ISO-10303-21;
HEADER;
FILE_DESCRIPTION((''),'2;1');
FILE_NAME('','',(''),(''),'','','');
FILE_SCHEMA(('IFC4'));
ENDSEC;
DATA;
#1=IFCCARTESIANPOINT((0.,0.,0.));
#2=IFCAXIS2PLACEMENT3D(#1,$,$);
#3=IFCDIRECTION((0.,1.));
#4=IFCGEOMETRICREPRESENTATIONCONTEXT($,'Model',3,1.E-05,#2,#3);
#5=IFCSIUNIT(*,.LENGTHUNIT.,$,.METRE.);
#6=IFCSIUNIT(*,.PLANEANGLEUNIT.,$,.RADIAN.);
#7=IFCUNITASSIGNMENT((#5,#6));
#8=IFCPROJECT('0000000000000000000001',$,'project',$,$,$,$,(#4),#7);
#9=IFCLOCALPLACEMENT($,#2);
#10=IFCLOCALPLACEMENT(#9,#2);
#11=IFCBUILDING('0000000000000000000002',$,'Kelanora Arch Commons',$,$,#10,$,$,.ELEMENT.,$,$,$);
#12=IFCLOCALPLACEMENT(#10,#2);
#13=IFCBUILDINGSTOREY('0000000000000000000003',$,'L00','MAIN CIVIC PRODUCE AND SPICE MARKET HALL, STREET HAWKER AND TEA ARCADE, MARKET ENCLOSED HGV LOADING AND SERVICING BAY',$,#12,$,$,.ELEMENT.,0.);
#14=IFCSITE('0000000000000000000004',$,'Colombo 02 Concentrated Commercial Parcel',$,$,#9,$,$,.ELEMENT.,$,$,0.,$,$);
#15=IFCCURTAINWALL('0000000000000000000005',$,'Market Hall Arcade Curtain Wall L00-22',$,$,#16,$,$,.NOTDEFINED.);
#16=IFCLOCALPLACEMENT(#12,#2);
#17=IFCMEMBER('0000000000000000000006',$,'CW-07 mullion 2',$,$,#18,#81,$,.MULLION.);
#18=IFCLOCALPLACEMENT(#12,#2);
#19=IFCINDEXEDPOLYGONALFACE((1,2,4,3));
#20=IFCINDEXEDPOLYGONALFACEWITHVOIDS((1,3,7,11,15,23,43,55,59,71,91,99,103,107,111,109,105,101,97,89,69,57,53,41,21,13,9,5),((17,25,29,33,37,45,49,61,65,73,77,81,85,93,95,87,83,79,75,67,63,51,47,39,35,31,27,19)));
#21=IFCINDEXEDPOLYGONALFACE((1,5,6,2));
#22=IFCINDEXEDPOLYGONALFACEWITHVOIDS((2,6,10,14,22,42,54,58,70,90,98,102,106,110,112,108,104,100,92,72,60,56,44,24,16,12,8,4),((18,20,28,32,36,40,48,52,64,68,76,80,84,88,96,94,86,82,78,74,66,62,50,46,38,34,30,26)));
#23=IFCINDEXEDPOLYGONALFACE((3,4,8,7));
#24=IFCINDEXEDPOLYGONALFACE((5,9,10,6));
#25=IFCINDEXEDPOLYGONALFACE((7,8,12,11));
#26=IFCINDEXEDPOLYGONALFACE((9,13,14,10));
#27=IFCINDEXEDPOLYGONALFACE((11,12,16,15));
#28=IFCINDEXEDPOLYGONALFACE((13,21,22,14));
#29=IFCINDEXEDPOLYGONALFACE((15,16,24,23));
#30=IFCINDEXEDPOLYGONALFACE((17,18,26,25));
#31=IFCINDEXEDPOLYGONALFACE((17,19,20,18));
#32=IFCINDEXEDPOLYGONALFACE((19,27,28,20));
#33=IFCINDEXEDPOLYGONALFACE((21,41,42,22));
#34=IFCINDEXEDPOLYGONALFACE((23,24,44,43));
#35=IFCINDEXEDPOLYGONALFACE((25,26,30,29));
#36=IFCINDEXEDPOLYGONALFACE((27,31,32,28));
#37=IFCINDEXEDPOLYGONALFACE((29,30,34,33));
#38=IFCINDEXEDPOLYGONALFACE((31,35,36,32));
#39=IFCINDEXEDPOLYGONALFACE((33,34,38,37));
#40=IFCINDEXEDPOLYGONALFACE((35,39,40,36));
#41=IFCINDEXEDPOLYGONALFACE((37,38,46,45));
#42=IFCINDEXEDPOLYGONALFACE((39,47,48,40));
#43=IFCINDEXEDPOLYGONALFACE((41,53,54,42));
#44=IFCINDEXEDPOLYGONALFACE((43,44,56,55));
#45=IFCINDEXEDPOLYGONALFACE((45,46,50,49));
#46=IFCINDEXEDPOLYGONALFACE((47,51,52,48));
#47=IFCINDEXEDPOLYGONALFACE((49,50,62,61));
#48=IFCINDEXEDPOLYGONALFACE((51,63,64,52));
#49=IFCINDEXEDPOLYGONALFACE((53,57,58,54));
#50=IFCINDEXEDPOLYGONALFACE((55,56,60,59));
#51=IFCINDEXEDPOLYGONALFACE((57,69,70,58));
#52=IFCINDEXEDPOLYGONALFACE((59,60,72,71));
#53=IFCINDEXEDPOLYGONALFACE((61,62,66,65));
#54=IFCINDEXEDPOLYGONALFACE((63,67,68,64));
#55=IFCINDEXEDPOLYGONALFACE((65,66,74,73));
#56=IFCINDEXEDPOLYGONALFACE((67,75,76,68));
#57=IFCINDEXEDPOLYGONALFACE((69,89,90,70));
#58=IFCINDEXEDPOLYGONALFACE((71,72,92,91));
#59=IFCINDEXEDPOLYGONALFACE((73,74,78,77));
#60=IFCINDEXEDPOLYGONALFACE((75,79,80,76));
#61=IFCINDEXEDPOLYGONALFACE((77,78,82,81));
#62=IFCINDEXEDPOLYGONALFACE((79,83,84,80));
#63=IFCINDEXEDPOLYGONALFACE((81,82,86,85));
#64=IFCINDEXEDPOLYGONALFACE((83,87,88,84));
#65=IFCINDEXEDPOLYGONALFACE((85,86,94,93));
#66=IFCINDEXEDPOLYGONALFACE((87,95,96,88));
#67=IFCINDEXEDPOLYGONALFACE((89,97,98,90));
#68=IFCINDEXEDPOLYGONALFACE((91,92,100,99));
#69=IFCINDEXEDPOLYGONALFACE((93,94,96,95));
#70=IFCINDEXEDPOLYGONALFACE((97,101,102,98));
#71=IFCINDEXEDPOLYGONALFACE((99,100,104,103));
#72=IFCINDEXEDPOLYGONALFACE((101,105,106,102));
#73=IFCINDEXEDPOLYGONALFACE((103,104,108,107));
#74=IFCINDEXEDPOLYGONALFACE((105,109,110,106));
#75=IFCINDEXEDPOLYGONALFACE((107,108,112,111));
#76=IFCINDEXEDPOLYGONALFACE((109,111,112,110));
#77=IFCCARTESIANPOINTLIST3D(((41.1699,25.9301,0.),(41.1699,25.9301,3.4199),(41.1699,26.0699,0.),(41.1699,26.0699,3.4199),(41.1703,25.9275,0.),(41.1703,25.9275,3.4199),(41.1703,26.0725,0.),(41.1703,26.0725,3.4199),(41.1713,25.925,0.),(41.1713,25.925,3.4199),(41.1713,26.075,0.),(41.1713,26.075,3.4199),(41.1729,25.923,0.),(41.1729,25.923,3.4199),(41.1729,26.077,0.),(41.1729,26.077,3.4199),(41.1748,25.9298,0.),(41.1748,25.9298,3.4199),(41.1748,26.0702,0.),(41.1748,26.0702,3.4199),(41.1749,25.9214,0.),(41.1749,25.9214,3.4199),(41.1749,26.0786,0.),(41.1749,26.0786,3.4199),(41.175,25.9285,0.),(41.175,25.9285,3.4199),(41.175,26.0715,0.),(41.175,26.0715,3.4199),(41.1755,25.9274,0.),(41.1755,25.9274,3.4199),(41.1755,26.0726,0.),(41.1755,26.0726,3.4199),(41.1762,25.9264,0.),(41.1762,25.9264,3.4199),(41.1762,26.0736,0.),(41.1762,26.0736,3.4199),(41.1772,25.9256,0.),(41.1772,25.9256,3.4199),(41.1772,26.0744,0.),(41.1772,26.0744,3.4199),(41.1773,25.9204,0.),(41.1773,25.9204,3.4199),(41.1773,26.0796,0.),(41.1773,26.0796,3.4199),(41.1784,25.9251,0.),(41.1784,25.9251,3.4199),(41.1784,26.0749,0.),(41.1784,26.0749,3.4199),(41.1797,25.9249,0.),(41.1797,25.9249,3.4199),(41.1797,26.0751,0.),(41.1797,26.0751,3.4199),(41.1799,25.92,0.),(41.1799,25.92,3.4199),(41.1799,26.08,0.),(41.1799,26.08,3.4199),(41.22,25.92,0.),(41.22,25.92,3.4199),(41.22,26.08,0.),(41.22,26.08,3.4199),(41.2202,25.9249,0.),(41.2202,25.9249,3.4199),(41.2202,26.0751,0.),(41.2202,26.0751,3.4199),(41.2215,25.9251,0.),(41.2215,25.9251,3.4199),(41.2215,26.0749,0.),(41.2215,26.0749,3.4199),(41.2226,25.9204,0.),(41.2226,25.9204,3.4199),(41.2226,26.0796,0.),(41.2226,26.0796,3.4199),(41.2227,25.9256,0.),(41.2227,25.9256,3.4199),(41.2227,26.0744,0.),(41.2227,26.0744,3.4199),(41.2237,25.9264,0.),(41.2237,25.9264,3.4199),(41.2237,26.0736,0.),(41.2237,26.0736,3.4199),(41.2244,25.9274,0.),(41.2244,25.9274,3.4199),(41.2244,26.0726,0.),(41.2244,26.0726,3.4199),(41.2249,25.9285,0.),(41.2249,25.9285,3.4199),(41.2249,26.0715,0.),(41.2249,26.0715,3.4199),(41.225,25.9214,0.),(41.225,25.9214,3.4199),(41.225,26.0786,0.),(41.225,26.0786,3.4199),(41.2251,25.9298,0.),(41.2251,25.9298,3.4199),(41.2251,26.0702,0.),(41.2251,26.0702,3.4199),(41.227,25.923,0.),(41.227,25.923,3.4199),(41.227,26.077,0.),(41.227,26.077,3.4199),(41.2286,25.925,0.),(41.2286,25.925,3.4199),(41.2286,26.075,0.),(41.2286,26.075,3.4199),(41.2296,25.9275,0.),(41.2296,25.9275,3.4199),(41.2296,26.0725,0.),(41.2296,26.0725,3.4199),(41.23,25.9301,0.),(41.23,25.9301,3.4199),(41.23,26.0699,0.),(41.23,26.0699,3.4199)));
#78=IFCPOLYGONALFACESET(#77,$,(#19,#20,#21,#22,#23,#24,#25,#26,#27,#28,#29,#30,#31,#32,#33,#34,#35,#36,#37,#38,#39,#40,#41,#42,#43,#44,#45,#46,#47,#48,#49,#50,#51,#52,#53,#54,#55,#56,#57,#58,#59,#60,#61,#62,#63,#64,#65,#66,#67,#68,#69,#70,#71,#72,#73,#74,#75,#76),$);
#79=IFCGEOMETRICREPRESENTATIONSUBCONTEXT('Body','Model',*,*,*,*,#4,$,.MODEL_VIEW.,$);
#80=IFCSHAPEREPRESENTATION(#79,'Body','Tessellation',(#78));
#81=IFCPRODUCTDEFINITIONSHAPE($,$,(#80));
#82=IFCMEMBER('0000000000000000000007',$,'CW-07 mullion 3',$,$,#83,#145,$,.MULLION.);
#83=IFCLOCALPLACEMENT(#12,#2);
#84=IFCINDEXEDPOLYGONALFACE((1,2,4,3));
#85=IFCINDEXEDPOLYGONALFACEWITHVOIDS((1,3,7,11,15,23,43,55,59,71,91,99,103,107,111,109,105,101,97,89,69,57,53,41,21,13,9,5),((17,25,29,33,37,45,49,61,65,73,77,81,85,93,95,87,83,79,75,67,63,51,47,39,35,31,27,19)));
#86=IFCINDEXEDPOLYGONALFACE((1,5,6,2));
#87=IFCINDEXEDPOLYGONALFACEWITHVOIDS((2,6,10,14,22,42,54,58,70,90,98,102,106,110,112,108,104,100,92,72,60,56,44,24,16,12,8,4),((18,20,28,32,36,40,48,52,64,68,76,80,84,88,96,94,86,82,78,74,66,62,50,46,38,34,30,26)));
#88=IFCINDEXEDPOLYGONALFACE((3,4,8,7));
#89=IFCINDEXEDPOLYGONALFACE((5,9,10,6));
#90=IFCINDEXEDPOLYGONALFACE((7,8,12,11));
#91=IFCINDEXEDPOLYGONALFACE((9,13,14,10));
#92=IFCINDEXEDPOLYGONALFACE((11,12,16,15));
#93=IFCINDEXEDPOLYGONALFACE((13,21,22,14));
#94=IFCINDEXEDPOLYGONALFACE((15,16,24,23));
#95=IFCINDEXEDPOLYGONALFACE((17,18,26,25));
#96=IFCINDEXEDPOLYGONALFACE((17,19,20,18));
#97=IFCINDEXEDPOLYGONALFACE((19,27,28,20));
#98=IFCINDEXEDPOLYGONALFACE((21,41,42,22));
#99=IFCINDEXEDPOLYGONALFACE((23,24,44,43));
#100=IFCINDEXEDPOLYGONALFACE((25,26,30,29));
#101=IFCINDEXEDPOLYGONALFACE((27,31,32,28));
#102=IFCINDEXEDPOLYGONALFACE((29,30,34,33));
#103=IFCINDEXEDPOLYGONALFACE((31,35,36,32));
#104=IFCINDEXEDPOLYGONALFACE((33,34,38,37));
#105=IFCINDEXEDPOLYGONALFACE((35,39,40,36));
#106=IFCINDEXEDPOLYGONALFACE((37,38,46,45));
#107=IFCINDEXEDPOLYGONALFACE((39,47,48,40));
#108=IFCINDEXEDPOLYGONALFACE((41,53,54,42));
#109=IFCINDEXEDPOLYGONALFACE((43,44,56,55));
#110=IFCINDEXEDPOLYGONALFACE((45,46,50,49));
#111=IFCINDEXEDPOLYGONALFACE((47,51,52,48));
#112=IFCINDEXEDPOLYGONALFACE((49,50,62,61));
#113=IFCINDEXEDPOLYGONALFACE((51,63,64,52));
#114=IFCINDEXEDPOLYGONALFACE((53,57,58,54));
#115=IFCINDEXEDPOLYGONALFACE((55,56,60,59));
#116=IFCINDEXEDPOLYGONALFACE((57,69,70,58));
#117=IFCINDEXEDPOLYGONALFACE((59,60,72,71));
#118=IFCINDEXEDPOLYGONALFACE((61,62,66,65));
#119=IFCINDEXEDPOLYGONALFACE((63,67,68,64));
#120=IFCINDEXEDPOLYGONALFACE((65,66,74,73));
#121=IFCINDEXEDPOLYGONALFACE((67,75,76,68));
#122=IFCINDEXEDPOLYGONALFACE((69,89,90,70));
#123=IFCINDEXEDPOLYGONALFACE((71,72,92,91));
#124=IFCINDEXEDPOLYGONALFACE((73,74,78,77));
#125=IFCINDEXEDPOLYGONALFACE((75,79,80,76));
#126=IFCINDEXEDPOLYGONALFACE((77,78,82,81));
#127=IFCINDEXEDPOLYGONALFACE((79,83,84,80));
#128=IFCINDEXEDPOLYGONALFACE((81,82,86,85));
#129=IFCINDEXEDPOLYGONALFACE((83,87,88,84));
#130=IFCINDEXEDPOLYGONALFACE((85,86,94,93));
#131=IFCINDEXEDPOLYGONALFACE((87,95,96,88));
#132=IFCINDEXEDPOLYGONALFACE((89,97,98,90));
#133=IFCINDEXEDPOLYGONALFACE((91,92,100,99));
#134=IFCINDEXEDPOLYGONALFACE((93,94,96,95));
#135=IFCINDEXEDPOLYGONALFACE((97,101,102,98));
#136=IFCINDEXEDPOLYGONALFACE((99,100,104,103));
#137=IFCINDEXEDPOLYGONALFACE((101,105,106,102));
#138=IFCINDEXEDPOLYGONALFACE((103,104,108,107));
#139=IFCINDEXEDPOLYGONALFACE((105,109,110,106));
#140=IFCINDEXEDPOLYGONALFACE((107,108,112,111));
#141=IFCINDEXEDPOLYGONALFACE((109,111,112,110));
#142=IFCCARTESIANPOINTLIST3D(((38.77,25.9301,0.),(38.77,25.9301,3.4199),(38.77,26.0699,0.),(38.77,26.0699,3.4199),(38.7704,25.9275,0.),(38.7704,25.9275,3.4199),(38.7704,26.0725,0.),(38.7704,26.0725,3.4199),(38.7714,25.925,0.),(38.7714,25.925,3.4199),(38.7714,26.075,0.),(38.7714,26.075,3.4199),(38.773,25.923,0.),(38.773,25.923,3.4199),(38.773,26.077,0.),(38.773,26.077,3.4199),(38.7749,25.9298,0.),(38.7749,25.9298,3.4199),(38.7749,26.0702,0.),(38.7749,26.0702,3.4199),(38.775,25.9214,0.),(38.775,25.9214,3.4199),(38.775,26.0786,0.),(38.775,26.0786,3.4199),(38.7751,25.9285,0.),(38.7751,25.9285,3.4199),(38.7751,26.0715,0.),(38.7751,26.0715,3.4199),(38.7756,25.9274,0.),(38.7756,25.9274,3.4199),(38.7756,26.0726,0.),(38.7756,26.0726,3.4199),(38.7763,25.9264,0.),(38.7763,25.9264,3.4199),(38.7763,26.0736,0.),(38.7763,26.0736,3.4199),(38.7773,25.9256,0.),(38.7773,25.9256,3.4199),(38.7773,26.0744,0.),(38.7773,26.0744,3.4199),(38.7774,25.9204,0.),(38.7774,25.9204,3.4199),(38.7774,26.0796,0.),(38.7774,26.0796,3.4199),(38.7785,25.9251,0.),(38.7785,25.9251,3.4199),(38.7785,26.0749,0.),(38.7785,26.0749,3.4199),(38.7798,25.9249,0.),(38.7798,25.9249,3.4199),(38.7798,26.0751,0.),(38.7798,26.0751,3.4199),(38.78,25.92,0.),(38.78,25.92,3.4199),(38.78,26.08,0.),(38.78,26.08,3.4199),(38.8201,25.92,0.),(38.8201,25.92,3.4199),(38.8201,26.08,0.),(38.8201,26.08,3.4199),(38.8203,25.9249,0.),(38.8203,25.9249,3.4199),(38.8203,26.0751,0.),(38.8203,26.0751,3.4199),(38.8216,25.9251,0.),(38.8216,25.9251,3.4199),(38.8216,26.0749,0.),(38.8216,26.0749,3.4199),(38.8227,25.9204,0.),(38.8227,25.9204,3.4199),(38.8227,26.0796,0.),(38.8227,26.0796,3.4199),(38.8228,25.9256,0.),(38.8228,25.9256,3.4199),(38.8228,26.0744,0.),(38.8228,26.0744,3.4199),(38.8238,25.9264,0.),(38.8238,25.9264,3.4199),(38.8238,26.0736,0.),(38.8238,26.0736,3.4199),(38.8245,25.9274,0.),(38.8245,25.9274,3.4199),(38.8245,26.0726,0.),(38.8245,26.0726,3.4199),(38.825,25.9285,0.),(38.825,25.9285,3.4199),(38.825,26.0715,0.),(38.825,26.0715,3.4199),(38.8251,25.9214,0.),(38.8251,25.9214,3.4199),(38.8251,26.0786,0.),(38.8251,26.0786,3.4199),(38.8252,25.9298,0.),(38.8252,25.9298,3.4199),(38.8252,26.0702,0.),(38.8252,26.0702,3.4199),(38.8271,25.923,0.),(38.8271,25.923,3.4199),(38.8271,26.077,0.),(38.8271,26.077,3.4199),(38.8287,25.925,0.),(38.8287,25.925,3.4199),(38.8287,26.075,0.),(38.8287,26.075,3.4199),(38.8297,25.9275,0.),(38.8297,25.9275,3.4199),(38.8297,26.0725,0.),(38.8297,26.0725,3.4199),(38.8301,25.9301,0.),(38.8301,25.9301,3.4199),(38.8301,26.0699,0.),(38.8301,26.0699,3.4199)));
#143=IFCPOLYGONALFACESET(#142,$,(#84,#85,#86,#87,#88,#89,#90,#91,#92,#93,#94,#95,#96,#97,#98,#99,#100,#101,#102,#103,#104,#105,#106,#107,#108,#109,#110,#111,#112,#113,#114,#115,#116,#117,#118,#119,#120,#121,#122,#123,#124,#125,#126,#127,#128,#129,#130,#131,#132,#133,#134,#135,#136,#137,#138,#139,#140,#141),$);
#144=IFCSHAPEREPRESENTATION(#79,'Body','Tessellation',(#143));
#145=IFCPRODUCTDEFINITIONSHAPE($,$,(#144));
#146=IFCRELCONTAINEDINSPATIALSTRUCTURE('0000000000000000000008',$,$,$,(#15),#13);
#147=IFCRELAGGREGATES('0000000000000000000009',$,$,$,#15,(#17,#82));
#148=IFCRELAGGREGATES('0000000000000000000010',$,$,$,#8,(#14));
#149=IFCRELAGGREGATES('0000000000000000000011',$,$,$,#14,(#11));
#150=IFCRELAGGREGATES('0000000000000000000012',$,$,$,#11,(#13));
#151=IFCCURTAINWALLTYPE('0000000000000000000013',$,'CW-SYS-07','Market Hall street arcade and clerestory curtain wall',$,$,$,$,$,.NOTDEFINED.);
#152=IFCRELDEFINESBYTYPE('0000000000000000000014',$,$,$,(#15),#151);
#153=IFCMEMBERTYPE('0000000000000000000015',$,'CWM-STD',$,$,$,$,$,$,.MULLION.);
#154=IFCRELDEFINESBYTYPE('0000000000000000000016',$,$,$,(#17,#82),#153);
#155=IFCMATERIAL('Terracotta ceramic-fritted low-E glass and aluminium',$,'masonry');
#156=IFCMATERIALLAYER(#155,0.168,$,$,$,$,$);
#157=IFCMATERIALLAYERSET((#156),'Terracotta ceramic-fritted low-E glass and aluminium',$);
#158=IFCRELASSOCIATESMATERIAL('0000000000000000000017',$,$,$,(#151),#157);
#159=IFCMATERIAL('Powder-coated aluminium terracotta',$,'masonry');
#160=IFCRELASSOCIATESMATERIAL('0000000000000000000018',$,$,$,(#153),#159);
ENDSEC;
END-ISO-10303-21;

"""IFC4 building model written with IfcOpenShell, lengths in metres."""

from ifc_helpers import new_model, si_unit, direction, frame, origin, origin_2d, place, context, subcontext, project, spatial, hollow_rectangle, extrude, material, layer, layer_set, material_profile, profile_set, type_object, element, aggregate, save


model = new_model("IFC4")

# Units and contexts
model_context = context("Model", 3, precision=1e-05, world=origin(), true_north=direction((0.0, 1.0)))
body_context = subcontext(model_context, "Body", "Model", "MODEL_VIEW")
ifc_project = project(units=[si_unit("LENGTHUNIT", "METRE"), si_unit("PLANEANGLEUNIT", "RADIAN")], contexts=[model_context])

# Site, building, storey
site_placement = place(None, origin())
site = spatial("IfcSite", under=ifc_project, at=site_placement, Name="Colombo 02 Concentrated Commercial Parcel", CompositionType="ELEMENT", RefElevation=0.0)
building_placement = place(site_placement, origin())
building = spatial("IfcBuilding", under=site, at=building_placement, Name="Kelanora Arch Commons", CompositionType="ELEMENT")
storey_placement = place(building_placement, origin())
storey = spatial("IfcBuildingStorey", under=building, at=storey_placement, Name="L00", Description="MAIN CIVIC PRODUCE AND SPICE MARKET HALL, STREET HAWKER AND TEA ARCADE, MARKET ENCLOSED HGV LOADING AND SERVICING BAY", CompositionType="ELEMENT", Elevation=0.0)

# Curtain wall, members
ifc_material_1 = material(Name="Terracotta ceramic-fritted low-E glass and aluminium", Category="masonry")
ifc_layer_1 = layer(ifc_material_1, 0.168)
ifc_layer_set_1 = layer_set([ifc_layer_1], Name="Terracotta ceramic-fritted low-E glass and aluminium")
curtain_wall_type = type_object("IfcCurtainWallType", Name="CW-SYS-07", Description="Market Hall street arcade and clerestory curtain wall", PredefinedType="NOTDEFINED", material=ifc_layer_set_1)
curtain_wall_placement = place(storey_placement, origin())
curtain_wall = element("IfcCurtainWall", 1, at=curtain_wall_placement, inside=storey, type_object=curtain_wall_type, Name="Market Hall Arcade Curtain Wall L00-22", PredefinedType="NOTDEFINED")
ifc_material_2 = material(Name="Powder-coated aluminium terracotta", Category="masonry")
ifc_material_profile_1 = material_profile(ifc_material_2, hollow_rectangle(XDim=0.1599, YDim=0.0601, WallThickness=0.0049, InnerFilletRadius=0.0049, OuterFilletRadius=0.01, at=origin_2d()), Name="CWM160x60")
ifc_profile_set_1 = profile_set([ifc_material_profile_1], Name="Powder-coated aluminium terracotta")
member_type_1 = type_object("IfcMemberType", Name="CWM-STD", PredefinedType="MULLION", material=ifc_profile_set_1)
member_1_placement = place(storey_placement, frame((41.2, 26.0, 0.0), z_axis=(0.0, 0.0, 1.0), x_axis=(0.0, -1.0, 0.0)))
member_1 = element("IfcMember", 2, at=member_1_placement, type_object=member_type_1, Name="CW-07 mullion 2", PredefinedType="MULLION", context=body_context, shape_type="SweptSolid", body=[
    extrude(hollow_rectangle(XDim=0.1599, YDim=0.0601, WallThickness=0.0049, InnerFilletRadius=0.0049, OuterFilletRadius=0.01, at=origin_2d()), origin(), (0.0, 0.0, 1.0), 3.4199),
])
member_2_placement = place(storey_placement, frame((38.8, 26.0, 0.0), z_axis=(0.0, 0.0, 1.0), x_axis=(0.0, -1.0, 0.0)))
member_2 = element("IfcMember", 3, at=member_2_placement, type_object=member_type_1, Name="CW-07 mullion 3", PredefinedType="MULLION", context=body_context, shape_type="SweptSolid", body=[
    extrude(hollow_rectangle(XDim=0.1599, YDim=0.0601, WallThickness=0.0049, InnerFilletRadius=0.0049, OuterFilletRadius=0.01, at=origin_2d()), origin(), (0.0, 0.0, 1.0), 3.4199),
])
aggregate(curtain_wall, [member_1, member_2])

save(model, "model.ifc")
